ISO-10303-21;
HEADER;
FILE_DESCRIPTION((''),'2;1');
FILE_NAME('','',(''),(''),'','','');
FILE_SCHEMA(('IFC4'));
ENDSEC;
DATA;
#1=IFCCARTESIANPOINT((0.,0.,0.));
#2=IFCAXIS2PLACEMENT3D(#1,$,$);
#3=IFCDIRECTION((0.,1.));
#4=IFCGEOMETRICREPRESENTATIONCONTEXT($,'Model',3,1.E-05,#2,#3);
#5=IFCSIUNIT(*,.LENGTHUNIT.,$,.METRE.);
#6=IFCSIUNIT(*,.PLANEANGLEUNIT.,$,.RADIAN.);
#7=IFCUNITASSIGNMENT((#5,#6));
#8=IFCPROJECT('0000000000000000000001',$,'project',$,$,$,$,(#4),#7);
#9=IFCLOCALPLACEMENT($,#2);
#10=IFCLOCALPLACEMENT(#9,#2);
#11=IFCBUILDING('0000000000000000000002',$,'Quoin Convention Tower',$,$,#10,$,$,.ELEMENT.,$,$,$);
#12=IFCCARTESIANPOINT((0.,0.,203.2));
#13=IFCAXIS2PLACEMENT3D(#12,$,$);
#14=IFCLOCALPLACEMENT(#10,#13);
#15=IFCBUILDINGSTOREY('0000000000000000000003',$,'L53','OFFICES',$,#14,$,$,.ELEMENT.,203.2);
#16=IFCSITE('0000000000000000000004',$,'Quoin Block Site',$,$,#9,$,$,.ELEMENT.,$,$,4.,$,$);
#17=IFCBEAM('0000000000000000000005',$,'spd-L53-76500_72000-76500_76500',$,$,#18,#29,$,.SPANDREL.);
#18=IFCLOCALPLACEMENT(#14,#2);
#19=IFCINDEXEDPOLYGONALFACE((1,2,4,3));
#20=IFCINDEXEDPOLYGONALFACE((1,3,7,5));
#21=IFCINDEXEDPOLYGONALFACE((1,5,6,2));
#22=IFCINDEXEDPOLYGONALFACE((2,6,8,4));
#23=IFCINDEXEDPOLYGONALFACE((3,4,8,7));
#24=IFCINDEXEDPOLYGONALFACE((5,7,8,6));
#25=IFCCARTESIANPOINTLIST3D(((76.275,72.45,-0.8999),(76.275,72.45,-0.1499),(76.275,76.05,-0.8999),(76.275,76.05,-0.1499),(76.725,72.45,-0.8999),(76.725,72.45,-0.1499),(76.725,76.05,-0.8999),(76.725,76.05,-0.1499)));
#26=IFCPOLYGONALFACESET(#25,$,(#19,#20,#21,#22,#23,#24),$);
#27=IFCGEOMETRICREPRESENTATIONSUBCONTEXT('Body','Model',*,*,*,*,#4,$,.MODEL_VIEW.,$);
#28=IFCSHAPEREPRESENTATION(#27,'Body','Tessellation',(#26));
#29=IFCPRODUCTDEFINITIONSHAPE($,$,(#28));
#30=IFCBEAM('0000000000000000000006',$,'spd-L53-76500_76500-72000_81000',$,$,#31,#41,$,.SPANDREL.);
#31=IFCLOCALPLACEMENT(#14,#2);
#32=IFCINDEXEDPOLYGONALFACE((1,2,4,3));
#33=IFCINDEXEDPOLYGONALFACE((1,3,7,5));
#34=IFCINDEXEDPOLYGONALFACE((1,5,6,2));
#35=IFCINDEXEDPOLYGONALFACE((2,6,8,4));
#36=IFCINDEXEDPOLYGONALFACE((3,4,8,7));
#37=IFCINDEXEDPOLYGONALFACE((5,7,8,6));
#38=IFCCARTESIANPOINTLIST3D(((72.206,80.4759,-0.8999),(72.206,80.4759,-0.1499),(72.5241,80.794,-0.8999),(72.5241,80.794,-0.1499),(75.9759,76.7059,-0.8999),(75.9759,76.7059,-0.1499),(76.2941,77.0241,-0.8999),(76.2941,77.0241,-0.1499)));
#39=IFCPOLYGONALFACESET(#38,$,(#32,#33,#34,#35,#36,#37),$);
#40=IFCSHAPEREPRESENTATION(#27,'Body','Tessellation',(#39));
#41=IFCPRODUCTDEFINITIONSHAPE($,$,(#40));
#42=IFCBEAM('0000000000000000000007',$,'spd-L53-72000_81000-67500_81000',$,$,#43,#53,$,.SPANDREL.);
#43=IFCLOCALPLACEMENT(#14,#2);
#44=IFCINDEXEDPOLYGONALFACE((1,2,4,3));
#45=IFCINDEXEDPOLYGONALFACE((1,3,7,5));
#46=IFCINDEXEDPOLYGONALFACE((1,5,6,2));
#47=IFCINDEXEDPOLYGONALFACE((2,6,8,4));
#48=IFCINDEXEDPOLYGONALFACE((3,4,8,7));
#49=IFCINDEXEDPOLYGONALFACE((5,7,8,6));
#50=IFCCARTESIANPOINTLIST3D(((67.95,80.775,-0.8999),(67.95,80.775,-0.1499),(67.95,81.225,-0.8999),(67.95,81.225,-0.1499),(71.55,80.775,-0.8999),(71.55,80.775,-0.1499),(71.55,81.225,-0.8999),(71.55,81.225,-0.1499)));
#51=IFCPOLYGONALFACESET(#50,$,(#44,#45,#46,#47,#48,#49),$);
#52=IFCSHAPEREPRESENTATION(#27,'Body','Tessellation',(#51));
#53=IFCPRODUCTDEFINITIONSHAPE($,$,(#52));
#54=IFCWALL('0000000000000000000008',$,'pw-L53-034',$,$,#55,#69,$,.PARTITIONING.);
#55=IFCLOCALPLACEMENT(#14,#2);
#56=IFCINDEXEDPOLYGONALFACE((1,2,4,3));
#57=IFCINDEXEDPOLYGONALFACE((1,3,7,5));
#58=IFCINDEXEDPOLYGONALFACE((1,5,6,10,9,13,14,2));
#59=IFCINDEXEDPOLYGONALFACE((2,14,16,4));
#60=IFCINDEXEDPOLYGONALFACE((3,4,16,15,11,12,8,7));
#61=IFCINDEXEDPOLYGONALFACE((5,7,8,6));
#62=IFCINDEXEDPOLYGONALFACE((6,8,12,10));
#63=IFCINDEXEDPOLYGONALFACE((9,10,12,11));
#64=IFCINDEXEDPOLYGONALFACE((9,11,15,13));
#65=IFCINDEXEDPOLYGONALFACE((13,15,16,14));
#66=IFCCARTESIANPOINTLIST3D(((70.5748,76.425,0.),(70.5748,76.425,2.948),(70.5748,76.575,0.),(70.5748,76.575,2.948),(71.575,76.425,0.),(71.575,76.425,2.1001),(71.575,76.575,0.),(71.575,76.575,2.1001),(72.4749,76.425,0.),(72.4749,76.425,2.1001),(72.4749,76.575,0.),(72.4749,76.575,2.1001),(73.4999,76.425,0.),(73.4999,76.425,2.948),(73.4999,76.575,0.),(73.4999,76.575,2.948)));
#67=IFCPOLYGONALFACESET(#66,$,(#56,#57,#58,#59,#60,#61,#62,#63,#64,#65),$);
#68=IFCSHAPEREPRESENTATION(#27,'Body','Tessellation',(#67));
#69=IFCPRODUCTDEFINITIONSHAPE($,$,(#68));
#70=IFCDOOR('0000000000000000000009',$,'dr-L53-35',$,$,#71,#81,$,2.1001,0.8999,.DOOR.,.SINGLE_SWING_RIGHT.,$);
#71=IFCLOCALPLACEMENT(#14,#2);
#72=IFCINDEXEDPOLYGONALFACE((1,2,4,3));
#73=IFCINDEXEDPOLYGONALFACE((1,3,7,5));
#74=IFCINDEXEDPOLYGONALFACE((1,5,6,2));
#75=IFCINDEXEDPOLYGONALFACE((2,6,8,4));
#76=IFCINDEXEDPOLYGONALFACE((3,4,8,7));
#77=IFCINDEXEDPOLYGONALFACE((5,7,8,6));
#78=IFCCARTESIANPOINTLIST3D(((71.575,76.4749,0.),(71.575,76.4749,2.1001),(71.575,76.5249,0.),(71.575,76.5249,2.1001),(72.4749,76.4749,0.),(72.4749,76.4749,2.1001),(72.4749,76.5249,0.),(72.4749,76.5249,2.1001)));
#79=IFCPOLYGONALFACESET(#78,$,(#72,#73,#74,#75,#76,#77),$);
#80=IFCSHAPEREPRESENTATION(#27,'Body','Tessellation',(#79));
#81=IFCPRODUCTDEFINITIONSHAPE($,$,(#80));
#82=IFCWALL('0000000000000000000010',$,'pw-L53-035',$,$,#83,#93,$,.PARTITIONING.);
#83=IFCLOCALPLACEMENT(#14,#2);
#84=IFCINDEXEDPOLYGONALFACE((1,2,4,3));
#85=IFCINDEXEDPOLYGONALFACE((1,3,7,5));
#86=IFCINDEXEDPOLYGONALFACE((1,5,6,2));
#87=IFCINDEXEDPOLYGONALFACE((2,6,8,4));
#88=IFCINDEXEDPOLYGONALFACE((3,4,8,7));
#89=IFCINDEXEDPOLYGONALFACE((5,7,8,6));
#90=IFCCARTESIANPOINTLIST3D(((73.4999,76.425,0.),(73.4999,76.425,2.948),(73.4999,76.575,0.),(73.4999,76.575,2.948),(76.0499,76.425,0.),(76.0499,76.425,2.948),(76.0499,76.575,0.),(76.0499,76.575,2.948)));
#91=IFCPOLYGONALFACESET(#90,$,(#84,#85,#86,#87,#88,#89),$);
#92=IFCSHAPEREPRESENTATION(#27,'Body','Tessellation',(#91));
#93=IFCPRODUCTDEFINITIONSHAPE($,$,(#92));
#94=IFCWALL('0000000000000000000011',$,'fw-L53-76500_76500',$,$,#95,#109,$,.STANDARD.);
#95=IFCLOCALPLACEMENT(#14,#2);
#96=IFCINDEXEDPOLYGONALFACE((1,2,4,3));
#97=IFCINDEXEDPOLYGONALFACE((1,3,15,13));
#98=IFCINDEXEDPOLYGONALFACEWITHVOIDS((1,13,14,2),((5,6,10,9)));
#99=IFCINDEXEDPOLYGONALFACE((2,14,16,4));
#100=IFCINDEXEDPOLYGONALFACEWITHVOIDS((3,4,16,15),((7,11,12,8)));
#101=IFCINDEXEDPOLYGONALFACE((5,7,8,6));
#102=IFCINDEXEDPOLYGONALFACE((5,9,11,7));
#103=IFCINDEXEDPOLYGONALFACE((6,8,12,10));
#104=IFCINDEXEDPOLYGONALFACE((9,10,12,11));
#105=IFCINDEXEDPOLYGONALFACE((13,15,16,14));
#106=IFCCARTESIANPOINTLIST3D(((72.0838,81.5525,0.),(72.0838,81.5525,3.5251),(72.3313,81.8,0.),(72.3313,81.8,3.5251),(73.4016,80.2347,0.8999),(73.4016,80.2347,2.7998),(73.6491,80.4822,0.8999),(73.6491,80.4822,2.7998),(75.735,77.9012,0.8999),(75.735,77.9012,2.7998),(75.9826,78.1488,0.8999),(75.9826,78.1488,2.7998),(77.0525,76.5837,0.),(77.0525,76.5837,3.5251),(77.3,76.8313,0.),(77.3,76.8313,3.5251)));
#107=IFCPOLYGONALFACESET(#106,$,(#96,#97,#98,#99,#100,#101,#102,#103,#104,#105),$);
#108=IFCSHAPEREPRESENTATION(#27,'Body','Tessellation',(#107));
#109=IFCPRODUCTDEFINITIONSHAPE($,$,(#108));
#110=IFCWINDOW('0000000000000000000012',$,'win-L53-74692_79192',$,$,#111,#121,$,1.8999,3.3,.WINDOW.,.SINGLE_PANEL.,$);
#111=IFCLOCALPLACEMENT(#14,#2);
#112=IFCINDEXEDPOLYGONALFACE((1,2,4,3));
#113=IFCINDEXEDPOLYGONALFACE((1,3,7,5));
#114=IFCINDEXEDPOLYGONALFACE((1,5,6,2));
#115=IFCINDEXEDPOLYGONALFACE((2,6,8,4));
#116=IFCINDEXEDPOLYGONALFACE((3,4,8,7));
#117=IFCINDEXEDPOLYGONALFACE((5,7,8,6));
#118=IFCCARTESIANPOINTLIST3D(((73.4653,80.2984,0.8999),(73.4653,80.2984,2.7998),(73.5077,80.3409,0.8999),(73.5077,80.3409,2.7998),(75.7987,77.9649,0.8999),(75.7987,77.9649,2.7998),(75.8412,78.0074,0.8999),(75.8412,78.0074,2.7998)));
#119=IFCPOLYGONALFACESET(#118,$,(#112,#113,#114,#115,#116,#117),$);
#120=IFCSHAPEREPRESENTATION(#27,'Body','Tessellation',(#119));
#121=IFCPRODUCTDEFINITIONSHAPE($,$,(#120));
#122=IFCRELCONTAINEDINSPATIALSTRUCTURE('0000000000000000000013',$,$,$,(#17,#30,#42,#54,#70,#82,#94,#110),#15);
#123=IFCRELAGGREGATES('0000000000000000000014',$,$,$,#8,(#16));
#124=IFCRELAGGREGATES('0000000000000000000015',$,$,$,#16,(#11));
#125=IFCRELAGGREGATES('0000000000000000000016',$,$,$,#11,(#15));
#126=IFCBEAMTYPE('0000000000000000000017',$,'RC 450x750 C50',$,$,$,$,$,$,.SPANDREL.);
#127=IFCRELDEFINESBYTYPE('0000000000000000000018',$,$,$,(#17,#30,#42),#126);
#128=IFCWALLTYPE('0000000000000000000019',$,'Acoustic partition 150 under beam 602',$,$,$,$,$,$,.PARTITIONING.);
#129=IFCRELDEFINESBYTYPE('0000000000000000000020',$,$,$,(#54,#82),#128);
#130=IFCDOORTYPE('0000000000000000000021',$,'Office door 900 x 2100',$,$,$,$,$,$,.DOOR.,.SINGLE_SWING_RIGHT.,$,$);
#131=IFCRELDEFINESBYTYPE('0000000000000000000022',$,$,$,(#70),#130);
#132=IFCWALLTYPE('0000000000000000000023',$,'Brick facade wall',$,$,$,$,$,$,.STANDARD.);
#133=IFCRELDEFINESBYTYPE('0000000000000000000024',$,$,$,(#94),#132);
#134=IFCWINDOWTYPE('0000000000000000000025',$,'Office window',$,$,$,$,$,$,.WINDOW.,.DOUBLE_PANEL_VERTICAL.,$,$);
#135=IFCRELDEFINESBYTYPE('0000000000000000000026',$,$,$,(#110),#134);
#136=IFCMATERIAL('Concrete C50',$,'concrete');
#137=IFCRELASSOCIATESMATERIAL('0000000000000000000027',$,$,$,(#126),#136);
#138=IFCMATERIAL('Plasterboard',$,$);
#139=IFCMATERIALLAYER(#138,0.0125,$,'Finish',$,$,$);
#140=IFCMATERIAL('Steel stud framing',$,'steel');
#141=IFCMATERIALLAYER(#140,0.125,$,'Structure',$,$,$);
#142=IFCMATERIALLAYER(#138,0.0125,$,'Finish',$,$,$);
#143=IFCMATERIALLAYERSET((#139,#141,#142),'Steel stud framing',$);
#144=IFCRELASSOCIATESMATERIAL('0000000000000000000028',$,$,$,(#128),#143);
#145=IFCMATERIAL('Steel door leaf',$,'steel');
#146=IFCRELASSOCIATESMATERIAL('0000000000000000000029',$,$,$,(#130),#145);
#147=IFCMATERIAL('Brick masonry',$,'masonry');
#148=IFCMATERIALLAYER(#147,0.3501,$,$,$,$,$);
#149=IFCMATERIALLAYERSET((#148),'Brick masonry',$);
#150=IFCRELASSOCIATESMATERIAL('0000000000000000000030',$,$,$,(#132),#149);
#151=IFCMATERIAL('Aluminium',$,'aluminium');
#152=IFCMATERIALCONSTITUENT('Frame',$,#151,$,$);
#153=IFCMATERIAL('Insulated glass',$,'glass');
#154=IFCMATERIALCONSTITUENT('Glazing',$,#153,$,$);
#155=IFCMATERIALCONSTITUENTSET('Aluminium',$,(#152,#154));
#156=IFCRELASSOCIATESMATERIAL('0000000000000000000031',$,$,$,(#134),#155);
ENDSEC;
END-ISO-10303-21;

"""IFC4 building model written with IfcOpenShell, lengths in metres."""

from ifc_helpers import new_model, si_unit, direction, frame, frame_2d, origin, origin_2d, place, context, subcontext, project, spatial, rectangle, extrude, material, layer, layer_set, constituent, constituent_set, material_profile, profile_set, type_object, element, fill, save


model = new_model("IFC4")

# Units and contexts
model_context = context("Model", 3, precision=1e-05, world=origin(), true_north=direction((0.0, 1.0)))
body_context = subcontext(model_context, "Body", "Model", "MODEL_VIEW")
ifc_project = project(units=[si_unit("LENGTHUNIT", "METRE"), si_unit("PLANEANGLEUNIT", "RADIAN")], contexts=[model_context])

# Site, building, storey
site_placement = place(None, origin())
site = spatial("IfcSite", under=ifc_project, at=site_placement, Name="Quoin Block Site", CompositionType="ELEMENT", RefElevation=4.0)
building_placement = place(site_placement, origin())
building = spatial("IfcBuilding", under=site, at=building_placement, Name="Quoin Convention Tower", CompositionType="ELEMENT")
storey_placement = place(building_placement, frame((0.0, 0.0, 203.2)))
storey = spatial("IfcBuildingStorey", under=building, at=storey_placement, Name="L53", Description="OFFICES", CompositionType="ELEMENT", Elevation=203.2)

# Shared definitions
ifc_material_1 = material(Name="Concrete C50", Category="concrete")

# Beams
ifc_material_profile_1 = material_profile(ifc_material_1, rectangle(XDim=0.45, YDim=0.75, at=origin_2d()), Name="RC 450x750")
ifc_profile_set_1 = profile_set([ifc_material_profile_1], Name="Concrete C50")
beam_type_1 = type_object("IfcBeamType", Name="RC 450x750 C50", PredefinedType="SPANDREL", material=ifc_profile_set_1)
beam_1_placement = place(storey_placement, frame((76.5, 72.45, -0.5249), z_axis=(0.0, 1.0, 0.0), x_axis=(-1.0, 0.0, 0.0)))
element("IfcBeam", 1, at=beam_1_placement, inside=storey, type_object=beam_type_1, Name="spd-L53-76500_72000-76500_76500", PredefinedType="SPANDREL", context=body_context, shape_type="SweptSolid", body=[
    extrude(rectangle(XDim=0.45, YDim=0.75, at=origin_2d()), origin(), (0.0, 0.0, 1.0), 3.6001),
])
beam_2_placement = place(storey_placement, frame((76.135, 76.865, -0.5249), z_axis=(-0.707107, 0.707107, 0.0), x_axis=(-0.707107, -0.707107, 0.0)))
element("IfcBeam", 2, at=beam_2_placement, inside=storey, type_object=beam_type_1, Name="spd-L53-76500_76500-72000_81000", PredefinedType="SPANDREL", context=body_context, shape_type="SweptSolid", body=[
    extrude(rectangle(XDim=0.45, YDim=0.75, at=origin_2d()), origin(), (0.0, 0.0, 1.0), 5.3315),
])
beam_3_placement = place(storey_placement, frame((71.55, 81.0, -0.5249), z_axis=(-1.0, 0.0, 0.0), x_axis=(0.0, -1.0, 0.0)))
element("IfcBeam", 3, at=beam_3_placement, inside=storey, type_object=beam_type_1, Name="spd-L53-72000_81000-67500_81000", PredefinedType="SPANDREL", context=body_context, shape_type="SweptSolid", body=[
    extrude(rectangle(XDim=0.45, YDim=0.75, at=origin_2d()), origin(), (0.0, 0.0, 1.0), 3.6001),
])

# Wall, opening, door
ifc_material_2 = material(Name="Plasterboard")
ifc_layer_1 = layer(ifc_material_2, 0.0125, Name="Finish")
ifc_material_3 = material(Name="Steel stud framing", Category="steel")
ifc_layer_2 = layer(ifc_material_3, 0.125, Name="Structure")
ifc_layer_3 = layer(ifc_material_2, 0.0125, Name="Finish")
ifc_layer_set_1 = layer_set([ifc_layer_1, ifc_layer_2, ifc_layer_3], Name="Steel stud framing")
wall_type_1 = type_object("IfcWallType", Name="Acoustic partition 150 under beam 602", PredefinedType="PARTITIONING", material=ifc_layer_set_1)
wall_1_placement = place(storey_placement, frame((70.575, 76.5, 0.0), z_axis=(0.0, 0.0, 1.0), x_axis=(1.0, 0.0, 0.0)))
wall_1 = element("IfcWall", 4, at=wall_1_placement, inside=storey, type_object=wall_type_1, Name="pw-L53-034", PredefinedType="PARTITIONING", context=body_context, shape_type="SweptSolid", body=[
    extrude(rectangle(XDim=2.925, YDim=0.1499, at=frame_2d((1.4624, 0.0))), origin(), (0.0, 0.0, 1.0), 2.948),
])
opening_1_placement = place(wall_1_placement, frame((1.0, 0.0, 0.0)))
opening_1 = element("IfcOpeningElement", 5, at=opening_1_placement, cuts=wall_1, PredefinedType="OPENING", context=body_context, shape_type="SweptSolid", body=[
    extrude(rectangle(XDim=0.8999, YDim=2.1001, at=frame_2d((0.45, 1.05))), frame((0.0, 0.085, 0.0), z_axis=(0.0, -1.0, 0.0), x_axis=(1.0, 0.0, 0.0)), (0.0, 0.0, 1.0), 0.1699),
])
ifc_material_4 = material(Name="Steel door leaf", Category="steel")
door_type = type_object("IfcDoorType", Name="Office door 900 x 2100", OperationType="SINGLE_SWING_RIGHT", PredefinedType="DOOR", material=ifc_material_4)
door_1_placement = place(opening_1_placement, origin())
door_1 = element("IfcDoor", 6, at=door_1_placement, inside=storey, type_object=door_type, Name="dr-L53-35", OperationType="SINGLE_SWING_RIGHT", OverallHeight=2.1001, OverallWidth=0.8999, PredefinedType="DOOR", context=body_context, shape_type="SweptSolid", body=[
    extrude(rectangle(XDim=0.8999, YDim=2.1001, at=frame_2d((0.45, 1.05))), frame((0.0, 0.0249, 0.0), z_axis=(0.0, -1.0, 0.0), x_axis=(1.0, 0.0, 0.0)), (0.0, 0.0, 1.0), 0.05),
])
fill(opening_1, door_1)

# Wall
wall_2_placement = place(storey_placement, frame((73.5, 76.5, 0.0), z_axis=(0.0, 0.0, 1.0), x_axis=(1.0, 0.0, 0.0)))
element("IfcWall", 7, at=wall_2_placement, inside=storey, type_object=wall_type_1, Name="pw-L53-035", PredefinedType="PARTITIONING", context=body_context, shape_type="SweptSolid", body=[
    extrude(rectangle(XDim=2.55, YDim=0.1499, at=frame_2d((1.2749, 0.0))), origin(), (0.0, 0.0, 1.0), 2.948),
])

# Wall, opening, window
ifc_material_5 = material(Name="Brick masonry", Category="masonry")
ifc_layer_4 = layer(ifc_material_5, 0.3501)
ifc_layer_set_2 = layer_set([ifc_layer_4], Name="Brick masonry")
wall_type_2 = type_object("IfcWallType", Name="Brick facade wall", PredefinedType="STANDARD", material=ifc_layer_set_2)
wall_3_placement = place(storey_placement, frame((77.1763, 76.7075, 0.0), z_axis=(0.0, 0.0, 1.0), x_axis=(-0.707107, 0.707107, 0.0)))
wall_3 = element("IfcWall", 8, at=wall_3_placement, inside=storey, type_object=wall_type_2, Name="fw-L53-76500_76500", PredefinedType="STANDARD", context=body_context, shape_type="SweptSolid", body=[
    extrude(rectangle(XDim=7.0269, YDim=0.3501, at=frame_2d((3.5134, 0.0))), origin(), (0.0, 0.0, 1.0), 3.5251),
])
opening_2_placement = place(wall_3_placement, frame((1.8633, 0.0, 0.8999)))
opening_2 = element("IfcOpeningElement", 9, at=opening_2_placement, cuts=wall_3, PredefinedType="OPENING", context=body_context, shape_type="SweptSolid", body=[
    extrude(rectangle(XDim=3.3, YDim=1.8999, at=frame_2d((1.6499, 0.95))), frame((0.0, 0.1851, 0.0), z_axis=(0.0, -1.0, 0.0), x_axis=(1.0, 0.0, 0.0)), (0.0, 0.0, 1.0), 0.3701),
])
ifc_material_6 = material(Name="Aluminium", Category="aluminium")
ifc_constituent_1 = constituent(ifc_material_6, Name="Frame")
ifc_material_7 = material(Name="Insulated glass", Category="glass")
ifc_constituent_2 = constituent(ifc_material_7, Name="Glazing")
ifc_constituent_set = constituent_set(constituents=[ifc_constituent_1, ifc_constituent_2], Name="Aluminium")
window_type = type_object("IfcWindowType", Name="Office window", PartitioningType="DOUBLE_PANEL_VERTICAL", PredefinedType="WINDOW", material=ifc_constituent_set)
window_1_placement = place(opening_2_placement, origin())
window_1 = element("IfcWindow", 10, at=window_1_placement, inside=storey, type_object=window_type, Name="win-L53-74692_79192", OverallHeight=1.8999, OverallWidth=3.3, PartitioningType="SINGLE_PANEL", PredefinedType="WINDOW", context=body_context, shape_type="SweptSolid", body=[
    extrude(rectangle(XDim=3.3, YDim=1.8999, at=frame_2d((1.6499, 0.95))), frame((0.0, 0.085, 0.0), z_axis=(0.0, -1.0, 0.0), x_axis=(1.0, 0.0, 0.0)), (0.0, 0.0, 1.0), 0.0601),
])
fill(opening_2, window_1)

save(model, "model.ifc")
